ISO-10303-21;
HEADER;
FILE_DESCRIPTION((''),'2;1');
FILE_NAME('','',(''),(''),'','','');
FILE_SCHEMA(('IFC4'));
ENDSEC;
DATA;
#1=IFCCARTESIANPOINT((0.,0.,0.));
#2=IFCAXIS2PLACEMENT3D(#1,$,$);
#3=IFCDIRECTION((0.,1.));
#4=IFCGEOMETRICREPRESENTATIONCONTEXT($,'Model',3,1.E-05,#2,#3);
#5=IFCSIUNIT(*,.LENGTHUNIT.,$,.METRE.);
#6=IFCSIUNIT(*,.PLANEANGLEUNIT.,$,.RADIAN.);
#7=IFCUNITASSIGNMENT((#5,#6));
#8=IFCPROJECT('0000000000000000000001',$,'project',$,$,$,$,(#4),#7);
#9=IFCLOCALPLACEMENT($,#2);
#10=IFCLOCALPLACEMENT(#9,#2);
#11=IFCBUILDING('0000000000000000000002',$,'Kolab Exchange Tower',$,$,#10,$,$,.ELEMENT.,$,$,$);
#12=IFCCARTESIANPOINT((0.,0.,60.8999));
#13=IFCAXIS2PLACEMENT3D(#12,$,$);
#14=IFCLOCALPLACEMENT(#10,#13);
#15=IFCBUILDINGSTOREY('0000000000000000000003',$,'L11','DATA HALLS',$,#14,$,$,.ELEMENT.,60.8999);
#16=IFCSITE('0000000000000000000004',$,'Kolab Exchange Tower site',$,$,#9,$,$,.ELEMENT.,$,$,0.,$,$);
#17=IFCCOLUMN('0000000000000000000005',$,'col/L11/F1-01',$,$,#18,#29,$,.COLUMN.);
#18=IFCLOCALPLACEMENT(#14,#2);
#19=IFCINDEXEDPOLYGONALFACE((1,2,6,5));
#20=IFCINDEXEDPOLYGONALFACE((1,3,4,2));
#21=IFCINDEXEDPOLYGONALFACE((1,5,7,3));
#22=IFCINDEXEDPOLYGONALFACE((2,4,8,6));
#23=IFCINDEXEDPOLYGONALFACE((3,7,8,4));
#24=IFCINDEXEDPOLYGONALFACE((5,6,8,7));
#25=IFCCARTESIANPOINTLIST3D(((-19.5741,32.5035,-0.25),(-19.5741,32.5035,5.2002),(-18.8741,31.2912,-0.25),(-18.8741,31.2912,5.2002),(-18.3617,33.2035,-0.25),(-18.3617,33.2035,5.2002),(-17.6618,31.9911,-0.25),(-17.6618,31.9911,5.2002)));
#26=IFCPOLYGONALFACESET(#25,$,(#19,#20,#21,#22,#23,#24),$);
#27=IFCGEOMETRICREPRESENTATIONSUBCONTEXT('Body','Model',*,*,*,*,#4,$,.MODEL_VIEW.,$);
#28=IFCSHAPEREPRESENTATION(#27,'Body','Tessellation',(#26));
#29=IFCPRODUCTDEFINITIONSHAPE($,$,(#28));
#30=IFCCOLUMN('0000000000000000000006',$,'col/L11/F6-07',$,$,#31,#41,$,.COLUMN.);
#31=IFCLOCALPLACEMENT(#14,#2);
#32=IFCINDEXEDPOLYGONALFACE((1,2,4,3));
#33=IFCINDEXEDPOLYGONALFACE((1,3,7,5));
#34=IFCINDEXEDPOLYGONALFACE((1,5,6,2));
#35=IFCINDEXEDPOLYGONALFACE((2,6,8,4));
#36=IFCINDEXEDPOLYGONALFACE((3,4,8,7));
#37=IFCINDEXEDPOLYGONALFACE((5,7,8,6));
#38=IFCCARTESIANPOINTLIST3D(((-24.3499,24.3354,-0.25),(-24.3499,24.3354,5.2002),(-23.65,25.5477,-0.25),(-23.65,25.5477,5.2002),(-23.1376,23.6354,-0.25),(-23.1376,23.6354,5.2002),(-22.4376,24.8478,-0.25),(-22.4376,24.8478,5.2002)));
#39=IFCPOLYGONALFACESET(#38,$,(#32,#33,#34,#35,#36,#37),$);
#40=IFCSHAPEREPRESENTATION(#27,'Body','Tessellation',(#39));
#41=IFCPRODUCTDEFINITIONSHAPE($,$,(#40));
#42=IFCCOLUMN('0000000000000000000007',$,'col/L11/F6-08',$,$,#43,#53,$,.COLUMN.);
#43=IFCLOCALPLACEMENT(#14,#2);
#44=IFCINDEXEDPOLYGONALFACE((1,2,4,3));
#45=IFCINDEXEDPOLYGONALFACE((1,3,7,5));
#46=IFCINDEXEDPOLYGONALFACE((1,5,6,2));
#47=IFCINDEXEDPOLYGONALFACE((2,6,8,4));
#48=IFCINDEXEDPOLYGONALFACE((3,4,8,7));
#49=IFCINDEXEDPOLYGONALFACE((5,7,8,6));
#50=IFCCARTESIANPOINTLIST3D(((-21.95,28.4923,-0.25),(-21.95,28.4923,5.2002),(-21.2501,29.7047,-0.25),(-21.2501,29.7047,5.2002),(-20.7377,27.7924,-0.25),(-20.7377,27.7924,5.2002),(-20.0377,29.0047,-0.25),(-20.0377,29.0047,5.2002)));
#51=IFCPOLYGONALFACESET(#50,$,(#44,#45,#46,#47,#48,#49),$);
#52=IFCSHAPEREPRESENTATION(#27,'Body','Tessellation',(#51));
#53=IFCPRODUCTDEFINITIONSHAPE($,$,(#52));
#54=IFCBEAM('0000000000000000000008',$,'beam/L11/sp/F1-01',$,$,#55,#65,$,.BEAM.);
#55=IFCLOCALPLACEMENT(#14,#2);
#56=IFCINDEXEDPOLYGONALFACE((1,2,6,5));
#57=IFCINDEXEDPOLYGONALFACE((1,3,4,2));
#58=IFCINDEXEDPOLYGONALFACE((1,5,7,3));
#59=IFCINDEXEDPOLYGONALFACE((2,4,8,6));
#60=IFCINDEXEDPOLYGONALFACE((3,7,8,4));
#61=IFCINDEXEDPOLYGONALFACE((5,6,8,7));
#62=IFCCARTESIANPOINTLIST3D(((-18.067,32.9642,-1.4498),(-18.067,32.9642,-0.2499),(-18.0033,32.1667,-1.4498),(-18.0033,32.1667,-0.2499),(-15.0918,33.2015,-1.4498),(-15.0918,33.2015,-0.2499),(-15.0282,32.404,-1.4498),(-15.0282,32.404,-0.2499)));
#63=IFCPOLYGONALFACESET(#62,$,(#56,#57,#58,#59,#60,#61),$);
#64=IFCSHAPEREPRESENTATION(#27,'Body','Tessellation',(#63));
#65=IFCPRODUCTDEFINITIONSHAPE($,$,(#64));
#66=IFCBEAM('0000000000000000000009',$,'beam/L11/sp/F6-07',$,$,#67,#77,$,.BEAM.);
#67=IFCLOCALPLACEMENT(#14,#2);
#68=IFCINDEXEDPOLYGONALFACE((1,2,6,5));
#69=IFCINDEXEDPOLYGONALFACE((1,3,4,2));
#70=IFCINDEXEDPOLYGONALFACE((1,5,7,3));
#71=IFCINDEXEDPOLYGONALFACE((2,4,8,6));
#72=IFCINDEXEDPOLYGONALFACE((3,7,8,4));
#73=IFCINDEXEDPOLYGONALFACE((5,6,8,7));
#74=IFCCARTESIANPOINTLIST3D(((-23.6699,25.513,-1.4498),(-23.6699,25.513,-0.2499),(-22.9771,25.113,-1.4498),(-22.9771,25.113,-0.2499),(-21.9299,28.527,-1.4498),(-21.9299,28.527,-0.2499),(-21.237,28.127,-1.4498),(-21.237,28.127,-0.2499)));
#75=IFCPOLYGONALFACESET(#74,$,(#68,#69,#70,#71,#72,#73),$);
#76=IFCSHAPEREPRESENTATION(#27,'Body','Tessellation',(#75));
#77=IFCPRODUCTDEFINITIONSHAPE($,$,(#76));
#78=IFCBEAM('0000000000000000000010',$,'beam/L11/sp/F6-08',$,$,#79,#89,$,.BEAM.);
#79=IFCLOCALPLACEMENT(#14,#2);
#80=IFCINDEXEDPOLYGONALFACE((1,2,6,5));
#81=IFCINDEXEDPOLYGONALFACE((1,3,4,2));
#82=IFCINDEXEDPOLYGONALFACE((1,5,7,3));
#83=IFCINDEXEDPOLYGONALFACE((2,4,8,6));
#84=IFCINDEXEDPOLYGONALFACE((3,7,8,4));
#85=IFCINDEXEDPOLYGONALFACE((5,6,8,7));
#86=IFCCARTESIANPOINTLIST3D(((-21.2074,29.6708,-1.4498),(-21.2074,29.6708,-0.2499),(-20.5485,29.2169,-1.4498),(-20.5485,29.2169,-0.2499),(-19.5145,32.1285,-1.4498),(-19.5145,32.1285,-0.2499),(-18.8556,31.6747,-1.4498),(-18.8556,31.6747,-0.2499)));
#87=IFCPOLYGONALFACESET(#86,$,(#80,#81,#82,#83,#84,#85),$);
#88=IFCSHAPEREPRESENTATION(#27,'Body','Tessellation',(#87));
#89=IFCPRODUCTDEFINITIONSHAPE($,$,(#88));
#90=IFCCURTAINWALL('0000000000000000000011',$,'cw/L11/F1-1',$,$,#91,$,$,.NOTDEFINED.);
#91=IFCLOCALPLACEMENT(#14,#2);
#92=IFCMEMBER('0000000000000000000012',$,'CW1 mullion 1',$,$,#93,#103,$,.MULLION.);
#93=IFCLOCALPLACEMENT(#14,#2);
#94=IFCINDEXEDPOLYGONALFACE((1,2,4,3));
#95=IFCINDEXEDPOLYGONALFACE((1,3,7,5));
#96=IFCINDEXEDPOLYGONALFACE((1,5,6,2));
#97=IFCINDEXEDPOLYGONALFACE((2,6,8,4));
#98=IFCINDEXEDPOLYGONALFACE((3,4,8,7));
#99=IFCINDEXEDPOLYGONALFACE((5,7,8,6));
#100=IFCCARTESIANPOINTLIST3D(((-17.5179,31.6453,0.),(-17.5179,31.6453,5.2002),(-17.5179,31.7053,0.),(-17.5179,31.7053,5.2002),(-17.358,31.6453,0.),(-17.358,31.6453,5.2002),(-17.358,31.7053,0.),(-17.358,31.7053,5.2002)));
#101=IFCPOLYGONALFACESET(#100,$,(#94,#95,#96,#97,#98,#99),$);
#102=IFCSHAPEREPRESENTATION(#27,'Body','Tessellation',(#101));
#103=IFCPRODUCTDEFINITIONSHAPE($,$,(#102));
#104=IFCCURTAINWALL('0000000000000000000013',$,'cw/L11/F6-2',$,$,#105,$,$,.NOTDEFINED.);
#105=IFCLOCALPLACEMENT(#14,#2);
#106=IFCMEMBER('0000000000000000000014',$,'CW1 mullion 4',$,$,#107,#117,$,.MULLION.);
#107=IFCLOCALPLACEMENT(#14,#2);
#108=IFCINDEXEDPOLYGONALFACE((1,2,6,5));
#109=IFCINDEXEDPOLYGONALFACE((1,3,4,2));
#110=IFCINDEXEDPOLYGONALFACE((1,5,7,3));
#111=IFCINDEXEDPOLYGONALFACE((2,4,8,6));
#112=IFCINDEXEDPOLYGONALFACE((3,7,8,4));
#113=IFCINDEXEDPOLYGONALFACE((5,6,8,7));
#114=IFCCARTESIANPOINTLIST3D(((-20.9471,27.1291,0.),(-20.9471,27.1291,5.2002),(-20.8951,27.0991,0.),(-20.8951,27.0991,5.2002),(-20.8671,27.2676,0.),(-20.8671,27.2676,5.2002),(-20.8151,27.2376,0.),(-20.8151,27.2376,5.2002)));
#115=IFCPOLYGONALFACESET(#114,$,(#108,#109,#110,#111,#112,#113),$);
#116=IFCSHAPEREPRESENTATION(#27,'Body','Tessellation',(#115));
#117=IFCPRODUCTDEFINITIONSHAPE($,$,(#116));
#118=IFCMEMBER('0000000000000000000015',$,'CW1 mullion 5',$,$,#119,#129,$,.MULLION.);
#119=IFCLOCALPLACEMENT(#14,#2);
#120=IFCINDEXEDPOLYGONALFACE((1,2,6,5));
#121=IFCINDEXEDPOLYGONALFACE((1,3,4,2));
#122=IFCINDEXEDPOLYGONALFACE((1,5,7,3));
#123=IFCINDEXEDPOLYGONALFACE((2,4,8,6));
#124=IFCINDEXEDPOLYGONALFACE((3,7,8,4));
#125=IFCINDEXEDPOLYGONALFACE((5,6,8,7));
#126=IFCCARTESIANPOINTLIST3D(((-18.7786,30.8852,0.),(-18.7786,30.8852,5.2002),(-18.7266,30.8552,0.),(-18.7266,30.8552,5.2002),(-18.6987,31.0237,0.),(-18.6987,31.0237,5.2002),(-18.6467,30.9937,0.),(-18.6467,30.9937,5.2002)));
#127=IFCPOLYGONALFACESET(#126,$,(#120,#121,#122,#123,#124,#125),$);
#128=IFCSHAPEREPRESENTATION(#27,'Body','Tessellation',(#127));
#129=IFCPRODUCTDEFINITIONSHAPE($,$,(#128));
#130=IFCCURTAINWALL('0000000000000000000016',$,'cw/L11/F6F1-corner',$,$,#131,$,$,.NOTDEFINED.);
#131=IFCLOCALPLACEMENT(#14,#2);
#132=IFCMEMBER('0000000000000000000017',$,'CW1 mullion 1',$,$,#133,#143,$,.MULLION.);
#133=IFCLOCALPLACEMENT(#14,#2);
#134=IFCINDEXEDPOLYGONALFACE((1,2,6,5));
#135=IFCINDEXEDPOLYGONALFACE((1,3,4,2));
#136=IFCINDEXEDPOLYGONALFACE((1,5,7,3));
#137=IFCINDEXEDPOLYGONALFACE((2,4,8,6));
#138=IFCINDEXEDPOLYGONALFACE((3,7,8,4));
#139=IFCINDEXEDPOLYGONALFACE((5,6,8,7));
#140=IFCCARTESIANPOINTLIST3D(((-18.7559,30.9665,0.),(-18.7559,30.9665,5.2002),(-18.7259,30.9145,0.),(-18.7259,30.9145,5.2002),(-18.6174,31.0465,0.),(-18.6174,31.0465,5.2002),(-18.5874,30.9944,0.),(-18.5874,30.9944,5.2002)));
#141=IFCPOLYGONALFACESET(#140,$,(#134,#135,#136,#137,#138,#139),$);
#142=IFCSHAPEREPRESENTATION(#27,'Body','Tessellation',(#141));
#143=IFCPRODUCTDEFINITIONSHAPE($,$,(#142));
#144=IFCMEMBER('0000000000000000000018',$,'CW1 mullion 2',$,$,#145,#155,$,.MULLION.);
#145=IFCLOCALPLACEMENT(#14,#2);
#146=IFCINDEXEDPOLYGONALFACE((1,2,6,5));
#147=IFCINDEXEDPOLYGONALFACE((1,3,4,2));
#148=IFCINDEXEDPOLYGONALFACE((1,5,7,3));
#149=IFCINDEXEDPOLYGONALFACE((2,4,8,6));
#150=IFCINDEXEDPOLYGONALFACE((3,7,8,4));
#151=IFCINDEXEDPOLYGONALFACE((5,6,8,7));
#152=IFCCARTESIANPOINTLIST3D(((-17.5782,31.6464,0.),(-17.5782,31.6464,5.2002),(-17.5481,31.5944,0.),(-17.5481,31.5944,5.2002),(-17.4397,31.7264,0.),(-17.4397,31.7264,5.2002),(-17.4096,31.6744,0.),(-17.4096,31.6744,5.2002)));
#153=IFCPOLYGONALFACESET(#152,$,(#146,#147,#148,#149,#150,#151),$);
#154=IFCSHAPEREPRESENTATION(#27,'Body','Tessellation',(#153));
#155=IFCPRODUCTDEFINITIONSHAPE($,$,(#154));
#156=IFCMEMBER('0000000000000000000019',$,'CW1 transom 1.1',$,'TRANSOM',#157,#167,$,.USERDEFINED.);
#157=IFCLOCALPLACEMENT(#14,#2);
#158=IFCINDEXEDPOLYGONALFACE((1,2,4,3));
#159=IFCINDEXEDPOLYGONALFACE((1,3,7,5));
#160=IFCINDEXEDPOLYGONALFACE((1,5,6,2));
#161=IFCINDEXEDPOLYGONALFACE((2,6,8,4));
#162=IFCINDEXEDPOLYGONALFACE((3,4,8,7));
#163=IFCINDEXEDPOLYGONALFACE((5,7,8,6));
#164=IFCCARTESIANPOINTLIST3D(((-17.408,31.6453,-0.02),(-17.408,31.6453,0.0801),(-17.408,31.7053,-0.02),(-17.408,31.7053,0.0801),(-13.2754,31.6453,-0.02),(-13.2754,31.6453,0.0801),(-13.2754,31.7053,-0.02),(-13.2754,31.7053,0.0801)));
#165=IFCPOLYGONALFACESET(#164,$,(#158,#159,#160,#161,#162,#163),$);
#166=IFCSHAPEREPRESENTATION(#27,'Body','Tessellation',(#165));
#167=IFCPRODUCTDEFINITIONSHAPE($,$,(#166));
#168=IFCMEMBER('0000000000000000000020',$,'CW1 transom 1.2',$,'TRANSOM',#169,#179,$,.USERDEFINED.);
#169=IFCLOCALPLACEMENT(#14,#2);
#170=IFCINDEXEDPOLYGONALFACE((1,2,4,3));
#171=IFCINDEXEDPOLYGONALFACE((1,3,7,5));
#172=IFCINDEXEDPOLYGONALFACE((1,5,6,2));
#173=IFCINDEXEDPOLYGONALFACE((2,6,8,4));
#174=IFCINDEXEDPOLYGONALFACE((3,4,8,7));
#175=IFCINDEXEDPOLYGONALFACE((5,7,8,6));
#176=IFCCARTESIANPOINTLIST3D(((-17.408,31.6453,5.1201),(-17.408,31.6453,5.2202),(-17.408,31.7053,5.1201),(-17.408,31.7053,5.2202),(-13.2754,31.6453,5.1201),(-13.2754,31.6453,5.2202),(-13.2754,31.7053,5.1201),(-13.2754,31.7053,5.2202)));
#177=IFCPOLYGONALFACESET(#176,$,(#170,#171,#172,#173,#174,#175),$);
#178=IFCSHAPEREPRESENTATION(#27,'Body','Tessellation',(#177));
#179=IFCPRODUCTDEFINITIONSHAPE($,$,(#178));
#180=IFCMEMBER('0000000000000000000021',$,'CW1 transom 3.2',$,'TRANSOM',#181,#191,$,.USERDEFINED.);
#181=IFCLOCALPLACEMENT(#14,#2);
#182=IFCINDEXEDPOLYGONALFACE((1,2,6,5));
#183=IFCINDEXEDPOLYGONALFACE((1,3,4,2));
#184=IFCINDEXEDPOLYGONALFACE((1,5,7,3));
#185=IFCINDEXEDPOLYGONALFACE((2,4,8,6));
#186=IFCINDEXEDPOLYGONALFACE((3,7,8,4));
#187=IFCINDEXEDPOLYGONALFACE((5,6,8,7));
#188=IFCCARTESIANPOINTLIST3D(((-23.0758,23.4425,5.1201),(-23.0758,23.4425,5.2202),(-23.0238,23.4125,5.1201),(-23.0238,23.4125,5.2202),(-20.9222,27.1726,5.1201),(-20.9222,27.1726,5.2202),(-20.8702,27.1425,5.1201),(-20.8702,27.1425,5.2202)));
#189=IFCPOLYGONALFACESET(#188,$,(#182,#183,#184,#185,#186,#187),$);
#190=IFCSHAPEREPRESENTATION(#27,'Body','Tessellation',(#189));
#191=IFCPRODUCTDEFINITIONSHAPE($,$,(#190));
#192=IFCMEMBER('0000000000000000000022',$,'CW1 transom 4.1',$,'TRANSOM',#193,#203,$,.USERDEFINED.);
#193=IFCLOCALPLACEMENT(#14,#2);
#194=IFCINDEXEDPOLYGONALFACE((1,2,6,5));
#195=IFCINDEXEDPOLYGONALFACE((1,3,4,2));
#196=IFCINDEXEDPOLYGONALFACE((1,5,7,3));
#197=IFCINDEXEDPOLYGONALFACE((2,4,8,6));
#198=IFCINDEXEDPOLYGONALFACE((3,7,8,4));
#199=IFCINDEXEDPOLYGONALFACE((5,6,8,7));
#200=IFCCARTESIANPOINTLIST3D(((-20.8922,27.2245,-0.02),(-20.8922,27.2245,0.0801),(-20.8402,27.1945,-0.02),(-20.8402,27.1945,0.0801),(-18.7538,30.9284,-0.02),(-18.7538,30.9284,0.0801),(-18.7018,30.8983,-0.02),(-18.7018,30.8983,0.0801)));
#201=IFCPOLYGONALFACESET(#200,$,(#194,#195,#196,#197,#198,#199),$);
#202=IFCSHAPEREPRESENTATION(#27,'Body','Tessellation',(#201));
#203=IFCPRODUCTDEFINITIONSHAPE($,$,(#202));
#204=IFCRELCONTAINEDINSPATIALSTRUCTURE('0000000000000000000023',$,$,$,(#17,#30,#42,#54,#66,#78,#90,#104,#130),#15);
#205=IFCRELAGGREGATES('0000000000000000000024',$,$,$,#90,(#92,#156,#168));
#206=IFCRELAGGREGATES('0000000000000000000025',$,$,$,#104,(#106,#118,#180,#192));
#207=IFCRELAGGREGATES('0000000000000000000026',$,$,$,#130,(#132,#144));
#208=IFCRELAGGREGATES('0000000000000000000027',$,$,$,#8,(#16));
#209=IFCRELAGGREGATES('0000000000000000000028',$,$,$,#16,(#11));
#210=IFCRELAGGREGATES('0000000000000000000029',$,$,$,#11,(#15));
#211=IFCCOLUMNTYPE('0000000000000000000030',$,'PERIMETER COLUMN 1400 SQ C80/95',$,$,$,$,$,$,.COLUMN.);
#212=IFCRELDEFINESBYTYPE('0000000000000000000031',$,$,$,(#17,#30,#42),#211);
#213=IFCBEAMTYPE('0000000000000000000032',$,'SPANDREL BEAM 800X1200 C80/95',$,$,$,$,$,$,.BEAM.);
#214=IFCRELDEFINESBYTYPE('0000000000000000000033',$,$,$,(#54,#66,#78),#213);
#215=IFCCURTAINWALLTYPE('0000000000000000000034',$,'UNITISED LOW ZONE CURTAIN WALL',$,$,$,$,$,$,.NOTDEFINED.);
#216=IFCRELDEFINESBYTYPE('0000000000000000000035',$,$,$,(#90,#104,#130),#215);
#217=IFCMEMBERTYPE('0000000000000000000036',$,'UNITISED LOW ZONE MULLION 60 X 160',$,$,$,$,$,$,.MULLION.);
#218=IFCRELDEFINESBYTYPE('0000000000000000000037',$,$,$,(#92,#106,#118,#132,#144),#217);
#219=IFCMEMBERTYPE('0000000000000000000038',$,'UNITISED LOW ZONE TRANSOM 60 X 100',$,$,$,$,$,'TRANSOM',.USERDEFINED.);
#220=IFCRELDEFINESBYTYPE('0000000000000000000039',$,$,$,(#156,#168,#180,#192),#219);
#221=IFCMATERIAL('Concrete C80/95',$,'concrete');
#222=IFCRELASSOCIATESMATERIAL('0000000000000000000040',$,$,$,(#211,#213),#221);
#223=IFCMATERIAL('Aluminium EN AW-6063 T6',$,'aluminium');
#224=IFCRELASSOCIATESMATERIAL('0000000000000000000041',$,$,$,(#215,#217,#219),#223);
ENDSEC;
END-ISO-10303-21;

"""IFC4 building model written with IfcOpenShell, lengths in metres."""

from ifc_helpers import new_model, si_unit, direction, frame, origin, origin_2d, place, context, subcontext, project, spatial, rectangle, extrude, material, material_profile, profile_set, type_object, element, aggregate, save


model = new_model("IFC4")

# Units and contexts
model_context = context("Model", 3, precision=1e-05, world=origin(), true_north=direction((0.0, 1.0)))
body_context = subcontext(model_context, "Body", "Model", "MODEL_VIEW")
ifc_project = project(units=[si_unit("LENGTHUNIT", "METRE"), si_unit("PLANEANGLEUNIT", "RADIAN")], contexts=[model_context])

# Site, building, storey
site_placement = place(None, origin())
site = spatial("IfcSite", under=ifc_project, at=site_placement, Name="Kolab Exchange Tower site", CompositionType="ELEMENT", RefElevation=0.0)
building_placement = place(site_placement, origin())
building = spatial("IfcBuilding", under=site, at=building_placement, Name="Kolab Exchange Tower", CompositionType="ELEMENT")
storey_placement = place(building_placement, frame((0.0, 0.0, 60.8999)))
storey = spatial("IfcBuildingStorey", under=building, at=storey_placement, Name="L11", Description="DATA HALLS", CompositionType="ELEMENT", Elevation=60.8999)

# Columns
ifc_material_1 = material(Name="Concrete C80/95", Category="concrete")
ifc_material_profile_1 = material_profile(ifc_material_1, rectangle(XDim=1.3999, YDim=1.3999, at=origin_2d()), Name="RC1400")
ifc_profile_set_1 = profile_set([ifc_material_profile_1], Name="Concrete C80/95")
column_type = type_object("IfcColumnType", Name="PERIMETER COLUMN 1400 SQ C80/95", PredefinedType="COLUMN", material=ifc_profile_set_1)
for number, where, z_axis, x_axis, name in (
    (1, (-18.6179, 32.2473, -0.25), (0.0, 0.0, 1.0), (0.866025, 0.5, 0.0), "col/L11/F1-01"),
    (2, (-23.3938, 24.5916, -0.25), (0.0, 0.0, 1.0), (0.5, 0.866025, 0.0), "col/L11/F6-07"),
    (3, (-20.9939, 28.7485, -0.25), (0.0, 0.0, 1.0), (0.5, 0.866025, 0.0), "col/L11/F6-08"),
):
    element("IfcColumn", number, at=place(storey_placement, frame(where, z_axis=z_axis, x_axis=x_axis)), inside=storey, type_object=column_type, Name=name, PredefinedType="COLUMN", context=body_context, shape_type="SweptSolid", body=[
        extrude(rectangle(XDim=1.3999, YDim=1.3999, at=origin_2d()), origin(), (0.0, 0.0, 1.0), 5.4502),
    ])

# Beams
ifc_material_profile_2 = material_profile(ifc_material_1, rectangle(XDim=0.8, YDim=1.2, at=origin_2d()), Name="RC800X1200")
ifc_profile_set_2 = profile_set([ifc_material_profile_2], Name="Concrete C80/95")
beam_type = type_object("IfcBeamType", Name="SPANDREL BEAM 800X1200 C80/95", PredefinedType="BEAM", material=ifc_profile_set_2)
beam_1_placement = place(storey_placement, frame((-18.0352, 32.5654, -0.8499), z_axis=(0.996834, 0.079511, 0.0), x_axis=(-0.079511, 0.996834, 0.0)))
element("IfcBeam", 4, at=beam_1_placement, inside=storey, type_object=beam_type, Name="beam/L11/sp/F1-01", PredefinedType="BEAM", context=body_context, shape_type="SweptSolid", body=[
    extrude(rectangle(XDim=0.8, YDim=1.2, at=origin_2d()), origin(), (0.0, 0.0, 1.0), 2.9846),
])
beam_2_placement = place(storey_placement, frame((-23.3235, 25.313, -0.8499), z_axis=(0.49998, 0.866037, 0.0), x_axis=(-0.866037, 0.49998, 0.0)))
element("IfcBeam", 5, at=beam_2_placement, inside=storey, type_object=beam_type, Name="beam/L11/sp/F6-07", PredefinedType="BEAM", context=body_context, shape_type="SweptSolid", body=[
    extrude(rectangle(XDim=0.8, YDim=1.2, at=origin_2d()), origin(), (0.0, 0.0, 1.0), 3.4802),
])
beam_3_placement = place(storey_placement, frame((-20.8779, 29.4438, -0.8499), z_axis=(0.567247, 0.823548, 0.0), x_axis=(-0.823548, 0.567247, 0.0)))
element("IfcBeam", 6, at=beam_3_placement, inside=storey, type_object=beam_type, Name="beam/L11/sp/F6-08", PredefinedType="BEAM", context=body_context, shape_type="SweptSolid", body=[
    extrude(rectangle(XDim=0.8, YDim=1.2, at=origin_2d()), origin(), (0.0, 0.0, 1.0), 2.9844),
])

# Curtain wall, member
ifc_material_2 = material(Name="Aluminium EN AW-6063 T6", Category="aluminium")
curtain_wall_type = type_object("IfcCurtainWallType", Name="UNITISED LOW ZONE CURTAIN WALL", PredefinedType="NOTDEFINED", material=ifc_material_2)
curtain_wall_1_placement = place(storey_placement, origin())
curtain_wall_1 = element("IfcCurtainWall", 7, at=curtain_wall_1_placement, inside=storey, type_object=curtain_wall_type, Name="cw/L11/F1-1", PredefinedType="NOTDEFINED")
ifc_material_profile_3 = material_profile(ifc_material_2, rectangle(XDim=0.0601, YDim=0.1599, at=origin_2d()), Name="RECT 60X160")
ifc_profile_set_3 = profile_set([ifc_material_profile_3], Name="Aluminium EN AW-6063 T6")
member_type_1 = type_object("IfcMemberType", Name="UNITISED LOW ZONE MULLION 60 X 160", PredefinedType="MULLION", material=ifc_profile_set_3)
member_1_placement = place(storey_placement, frame((-17.438, 31.6753, 0.0), z_axis=(0.0, 0.0, 1.0), x_axis=(0.0, 1.0, 0.0)))
member_1 = element("IfcMember", 8, at=member_1_placement, type_object=member_type_1, Name="CW1 mullion 1", PredefinedType="MULLION", context=body_context, shape_type="SweptSolid", body=[
    extrude(rectangle(XDim=0.0601, YDim=0.1599, at=origin_2d()), origin(), (0.0, 0.0, 1.0), 5.2002),
])

# Curtain walls, members
curtain_wall_2_placement = place(storey_placement, origin())
curtain_wall_2 = element("IfcCurtainWall", 9, at=curtain_wall_2_placement, inside=storey, type_object=curtain_wall_type, Name="cw/L11/F6-2", PredefinedType="NOTDEFINED")
member_2_placement = place(storey_placement, frame((-20.8811, 27.1833, 0.0), z_axis=(0.0, 0.0, 1.0), x_axis=(-0.866025, 0.5, 0.0)))
member_2 = element("IfcMember", 10, at=member_2_placement, type_object=member_type_1, Name="CW1 mullion 4", PredefinedType="MULLION", context=body_context, shape_type="SweptSolid", body=[
    extrude(rectangle(XDim=0.0601, YDim=0.1599, at=origin_2d()), origin(), (0.0, 0.0, 1.0), 5.2002),
])
member_3_placement = place(storey_placement, frame((-18.7126, 30.9395, 0.0), z_axis=(0.0, 0.0, 1.0), x_axis=(-0.866025, 0.5, 0.0)))
member_3 = element("IfcMember", 11, at=member_3_placement, type_object=member_type_1, Name="CW1 mullion 5", PredefinedType="MULLION", context=body_context, shape_type="SweptSolid", body=[
    extrude(rectangle(XDim=0.0601, YDim=0.1599, at=origin_2d()), origin(), (0.0, 0.0, 1.0), 5.2002),
])
curtain_wall_3_placement = place(storey_placement, origin())
curtain_wall_3 = element("IfcCurtainWall", 12, at=curtain_wall_3_placement, inside=storey, type_object=curtain_wall_type, Name="cw/L11/F6F1-corner", PredefinedType="NOTDEFINED")
member_4_placement = place(storey_placement, frame((-18.6716, 30.9805, 0.0), z_axis=(0.0, 0.0, 1.0), x_axis=(-0.5, 0.866025, 0.0)))
member_4 = element("IfcMember", 13, at=member_4_placement, type_object=member_type_1, Name="CW1 mullion 1", PredefinedType="MULLION", context=body_context, shape_type="SweptSolid", body=[
    extrude(rectangle(XDim=0.0601, YDim=0.1599, at=origin_2d()), origin(), (0.0, 0.0, 1.0), 5.2002),
])
member_5_placement = place(storey_placement, frame((-17.4939, 31.6604, 0.0), z_axis=(0.0, 0.0, 1.0), x_axis=(-0.5, 0.866025, 0.0)))
member_5 = element("IfcMember", 14, at=member_5_placement, type_object=member_type_1, Name="CW1 mullion 2", PredefinedType="MULLION", context=body_context, shape_type="SweptSolid", body=[
    extrude(rectangle(XDim=0.0601, YDim=0.1599, at=origin_2d()), origin(), (0.0, 0.0, 1.0), 5.2002),
])

# Members
ifc_material_profile_4 = material_profile(ifc_material_2, rectangle(XDim=0.0601, YDim=0.1001, at=origin_2d()), Name="RECT 60X100")
ifc_profile_set_4 = profile_set([ifc_material_profile_4], Name="Aluminium EN AW-6063 T6")
member_type_2 = type_object("IfcMemberType", Name="UNITISED LOW ZONE TRANSOM 60 X 100", ElementType="TRANSOM", PredefinedType="USERDEFINED", material=ifc_profile_set_4)
member_6_placement = place(storey_placement, frame((-17.408, 31.6753, 0.03), z_axis=(1.0, 0.0, 0.0), x_axis=(0.0, 1.0, 0.0)))
member_6 = element("IfcMember", 15, at=member_6_placement, type_object=member_type_2, Name="CW1 transom 1.1", ObjectType="TRANSOM", PredefinedType="USERDEFINED", context=body_context, shape_type="SweptSolid", body=[
    extrude(rectangle(XDim=0.0601, YDim=0.1001, at=origin_2d()), origin(), (0.0, 0.0, 1.0), 4.1326),
])
member_7_placement = place(storey_placement, frame((-17.408, 31.6753, 5.1702), z_axis=(1.0, 0.0, 0.0), x_axis=(0.0, 1.0, 0.0)))
member_7 = element("IfcMember", 16, at=member_7_placement, type_object=member_type_2, Name="CW1 transom 1.2", ObjectType="TRANSOM", PredefinedType="USERDEFINED", context=body_context, shape_type="SweptSolid", body=[
    extrude(rectangle(XDim=0.0601, YDim=0.1001, at=origin_2d()), origin(), (0.0, 0.0, 1.0), 4.1326),
])
member_8_placement = place(storey_placement, frame((-23.0498, 23.4275, 5.1702), z_axis=(0.50001, 0.866019, 0.0), x_axis=(-0.866019, 0.50001, 0.0)))
member_8 = element("IfcMember", 17, at=member_8_placement, type_object=member_type_2, Name="CW1 transom 3.2", ObjectType="TRANSOM", PredefinedType="USERDEFINED", context=body_context, shape_type="SweptSolid", body=[
    extrude(rectangle(XDim=0.0601, YDim=0.1001, at=origin_2d()), origin(), (0.0, 0.0, 1.0), 4.3071),
])
member_9_placement = place(storey_placement, frame((-20.8662, 27.2095, 0.03), z_axis=(0.500001, 0.866025, 0.0), x_axis=(-0.866025, 0.500001, 0.0)))
member_9 = element("IfcMember", 18, at=member_9_placement, type_object=member_type_2, Name="CW1 transom 4.1", ObjectType="TRANSOM", PredefinedType="USERDEFINED", context=body_context, shape_type="SweptSolid", body=[
    extrude(rectangle(XDim=0.0601, YDim=0.1001, at=origin_2d()), origin(), (0.0, 0.0, 1.0), 4.2769),
])

aggregate(curtain_wall_1, [member_1, member_6, member_7])
aggregate(curtain_wall_2, [member_2, member_3, member_8, member_9])
aggregate(curtain_wall_3, [member_4, member_5])

save(model, "model.ifc")
